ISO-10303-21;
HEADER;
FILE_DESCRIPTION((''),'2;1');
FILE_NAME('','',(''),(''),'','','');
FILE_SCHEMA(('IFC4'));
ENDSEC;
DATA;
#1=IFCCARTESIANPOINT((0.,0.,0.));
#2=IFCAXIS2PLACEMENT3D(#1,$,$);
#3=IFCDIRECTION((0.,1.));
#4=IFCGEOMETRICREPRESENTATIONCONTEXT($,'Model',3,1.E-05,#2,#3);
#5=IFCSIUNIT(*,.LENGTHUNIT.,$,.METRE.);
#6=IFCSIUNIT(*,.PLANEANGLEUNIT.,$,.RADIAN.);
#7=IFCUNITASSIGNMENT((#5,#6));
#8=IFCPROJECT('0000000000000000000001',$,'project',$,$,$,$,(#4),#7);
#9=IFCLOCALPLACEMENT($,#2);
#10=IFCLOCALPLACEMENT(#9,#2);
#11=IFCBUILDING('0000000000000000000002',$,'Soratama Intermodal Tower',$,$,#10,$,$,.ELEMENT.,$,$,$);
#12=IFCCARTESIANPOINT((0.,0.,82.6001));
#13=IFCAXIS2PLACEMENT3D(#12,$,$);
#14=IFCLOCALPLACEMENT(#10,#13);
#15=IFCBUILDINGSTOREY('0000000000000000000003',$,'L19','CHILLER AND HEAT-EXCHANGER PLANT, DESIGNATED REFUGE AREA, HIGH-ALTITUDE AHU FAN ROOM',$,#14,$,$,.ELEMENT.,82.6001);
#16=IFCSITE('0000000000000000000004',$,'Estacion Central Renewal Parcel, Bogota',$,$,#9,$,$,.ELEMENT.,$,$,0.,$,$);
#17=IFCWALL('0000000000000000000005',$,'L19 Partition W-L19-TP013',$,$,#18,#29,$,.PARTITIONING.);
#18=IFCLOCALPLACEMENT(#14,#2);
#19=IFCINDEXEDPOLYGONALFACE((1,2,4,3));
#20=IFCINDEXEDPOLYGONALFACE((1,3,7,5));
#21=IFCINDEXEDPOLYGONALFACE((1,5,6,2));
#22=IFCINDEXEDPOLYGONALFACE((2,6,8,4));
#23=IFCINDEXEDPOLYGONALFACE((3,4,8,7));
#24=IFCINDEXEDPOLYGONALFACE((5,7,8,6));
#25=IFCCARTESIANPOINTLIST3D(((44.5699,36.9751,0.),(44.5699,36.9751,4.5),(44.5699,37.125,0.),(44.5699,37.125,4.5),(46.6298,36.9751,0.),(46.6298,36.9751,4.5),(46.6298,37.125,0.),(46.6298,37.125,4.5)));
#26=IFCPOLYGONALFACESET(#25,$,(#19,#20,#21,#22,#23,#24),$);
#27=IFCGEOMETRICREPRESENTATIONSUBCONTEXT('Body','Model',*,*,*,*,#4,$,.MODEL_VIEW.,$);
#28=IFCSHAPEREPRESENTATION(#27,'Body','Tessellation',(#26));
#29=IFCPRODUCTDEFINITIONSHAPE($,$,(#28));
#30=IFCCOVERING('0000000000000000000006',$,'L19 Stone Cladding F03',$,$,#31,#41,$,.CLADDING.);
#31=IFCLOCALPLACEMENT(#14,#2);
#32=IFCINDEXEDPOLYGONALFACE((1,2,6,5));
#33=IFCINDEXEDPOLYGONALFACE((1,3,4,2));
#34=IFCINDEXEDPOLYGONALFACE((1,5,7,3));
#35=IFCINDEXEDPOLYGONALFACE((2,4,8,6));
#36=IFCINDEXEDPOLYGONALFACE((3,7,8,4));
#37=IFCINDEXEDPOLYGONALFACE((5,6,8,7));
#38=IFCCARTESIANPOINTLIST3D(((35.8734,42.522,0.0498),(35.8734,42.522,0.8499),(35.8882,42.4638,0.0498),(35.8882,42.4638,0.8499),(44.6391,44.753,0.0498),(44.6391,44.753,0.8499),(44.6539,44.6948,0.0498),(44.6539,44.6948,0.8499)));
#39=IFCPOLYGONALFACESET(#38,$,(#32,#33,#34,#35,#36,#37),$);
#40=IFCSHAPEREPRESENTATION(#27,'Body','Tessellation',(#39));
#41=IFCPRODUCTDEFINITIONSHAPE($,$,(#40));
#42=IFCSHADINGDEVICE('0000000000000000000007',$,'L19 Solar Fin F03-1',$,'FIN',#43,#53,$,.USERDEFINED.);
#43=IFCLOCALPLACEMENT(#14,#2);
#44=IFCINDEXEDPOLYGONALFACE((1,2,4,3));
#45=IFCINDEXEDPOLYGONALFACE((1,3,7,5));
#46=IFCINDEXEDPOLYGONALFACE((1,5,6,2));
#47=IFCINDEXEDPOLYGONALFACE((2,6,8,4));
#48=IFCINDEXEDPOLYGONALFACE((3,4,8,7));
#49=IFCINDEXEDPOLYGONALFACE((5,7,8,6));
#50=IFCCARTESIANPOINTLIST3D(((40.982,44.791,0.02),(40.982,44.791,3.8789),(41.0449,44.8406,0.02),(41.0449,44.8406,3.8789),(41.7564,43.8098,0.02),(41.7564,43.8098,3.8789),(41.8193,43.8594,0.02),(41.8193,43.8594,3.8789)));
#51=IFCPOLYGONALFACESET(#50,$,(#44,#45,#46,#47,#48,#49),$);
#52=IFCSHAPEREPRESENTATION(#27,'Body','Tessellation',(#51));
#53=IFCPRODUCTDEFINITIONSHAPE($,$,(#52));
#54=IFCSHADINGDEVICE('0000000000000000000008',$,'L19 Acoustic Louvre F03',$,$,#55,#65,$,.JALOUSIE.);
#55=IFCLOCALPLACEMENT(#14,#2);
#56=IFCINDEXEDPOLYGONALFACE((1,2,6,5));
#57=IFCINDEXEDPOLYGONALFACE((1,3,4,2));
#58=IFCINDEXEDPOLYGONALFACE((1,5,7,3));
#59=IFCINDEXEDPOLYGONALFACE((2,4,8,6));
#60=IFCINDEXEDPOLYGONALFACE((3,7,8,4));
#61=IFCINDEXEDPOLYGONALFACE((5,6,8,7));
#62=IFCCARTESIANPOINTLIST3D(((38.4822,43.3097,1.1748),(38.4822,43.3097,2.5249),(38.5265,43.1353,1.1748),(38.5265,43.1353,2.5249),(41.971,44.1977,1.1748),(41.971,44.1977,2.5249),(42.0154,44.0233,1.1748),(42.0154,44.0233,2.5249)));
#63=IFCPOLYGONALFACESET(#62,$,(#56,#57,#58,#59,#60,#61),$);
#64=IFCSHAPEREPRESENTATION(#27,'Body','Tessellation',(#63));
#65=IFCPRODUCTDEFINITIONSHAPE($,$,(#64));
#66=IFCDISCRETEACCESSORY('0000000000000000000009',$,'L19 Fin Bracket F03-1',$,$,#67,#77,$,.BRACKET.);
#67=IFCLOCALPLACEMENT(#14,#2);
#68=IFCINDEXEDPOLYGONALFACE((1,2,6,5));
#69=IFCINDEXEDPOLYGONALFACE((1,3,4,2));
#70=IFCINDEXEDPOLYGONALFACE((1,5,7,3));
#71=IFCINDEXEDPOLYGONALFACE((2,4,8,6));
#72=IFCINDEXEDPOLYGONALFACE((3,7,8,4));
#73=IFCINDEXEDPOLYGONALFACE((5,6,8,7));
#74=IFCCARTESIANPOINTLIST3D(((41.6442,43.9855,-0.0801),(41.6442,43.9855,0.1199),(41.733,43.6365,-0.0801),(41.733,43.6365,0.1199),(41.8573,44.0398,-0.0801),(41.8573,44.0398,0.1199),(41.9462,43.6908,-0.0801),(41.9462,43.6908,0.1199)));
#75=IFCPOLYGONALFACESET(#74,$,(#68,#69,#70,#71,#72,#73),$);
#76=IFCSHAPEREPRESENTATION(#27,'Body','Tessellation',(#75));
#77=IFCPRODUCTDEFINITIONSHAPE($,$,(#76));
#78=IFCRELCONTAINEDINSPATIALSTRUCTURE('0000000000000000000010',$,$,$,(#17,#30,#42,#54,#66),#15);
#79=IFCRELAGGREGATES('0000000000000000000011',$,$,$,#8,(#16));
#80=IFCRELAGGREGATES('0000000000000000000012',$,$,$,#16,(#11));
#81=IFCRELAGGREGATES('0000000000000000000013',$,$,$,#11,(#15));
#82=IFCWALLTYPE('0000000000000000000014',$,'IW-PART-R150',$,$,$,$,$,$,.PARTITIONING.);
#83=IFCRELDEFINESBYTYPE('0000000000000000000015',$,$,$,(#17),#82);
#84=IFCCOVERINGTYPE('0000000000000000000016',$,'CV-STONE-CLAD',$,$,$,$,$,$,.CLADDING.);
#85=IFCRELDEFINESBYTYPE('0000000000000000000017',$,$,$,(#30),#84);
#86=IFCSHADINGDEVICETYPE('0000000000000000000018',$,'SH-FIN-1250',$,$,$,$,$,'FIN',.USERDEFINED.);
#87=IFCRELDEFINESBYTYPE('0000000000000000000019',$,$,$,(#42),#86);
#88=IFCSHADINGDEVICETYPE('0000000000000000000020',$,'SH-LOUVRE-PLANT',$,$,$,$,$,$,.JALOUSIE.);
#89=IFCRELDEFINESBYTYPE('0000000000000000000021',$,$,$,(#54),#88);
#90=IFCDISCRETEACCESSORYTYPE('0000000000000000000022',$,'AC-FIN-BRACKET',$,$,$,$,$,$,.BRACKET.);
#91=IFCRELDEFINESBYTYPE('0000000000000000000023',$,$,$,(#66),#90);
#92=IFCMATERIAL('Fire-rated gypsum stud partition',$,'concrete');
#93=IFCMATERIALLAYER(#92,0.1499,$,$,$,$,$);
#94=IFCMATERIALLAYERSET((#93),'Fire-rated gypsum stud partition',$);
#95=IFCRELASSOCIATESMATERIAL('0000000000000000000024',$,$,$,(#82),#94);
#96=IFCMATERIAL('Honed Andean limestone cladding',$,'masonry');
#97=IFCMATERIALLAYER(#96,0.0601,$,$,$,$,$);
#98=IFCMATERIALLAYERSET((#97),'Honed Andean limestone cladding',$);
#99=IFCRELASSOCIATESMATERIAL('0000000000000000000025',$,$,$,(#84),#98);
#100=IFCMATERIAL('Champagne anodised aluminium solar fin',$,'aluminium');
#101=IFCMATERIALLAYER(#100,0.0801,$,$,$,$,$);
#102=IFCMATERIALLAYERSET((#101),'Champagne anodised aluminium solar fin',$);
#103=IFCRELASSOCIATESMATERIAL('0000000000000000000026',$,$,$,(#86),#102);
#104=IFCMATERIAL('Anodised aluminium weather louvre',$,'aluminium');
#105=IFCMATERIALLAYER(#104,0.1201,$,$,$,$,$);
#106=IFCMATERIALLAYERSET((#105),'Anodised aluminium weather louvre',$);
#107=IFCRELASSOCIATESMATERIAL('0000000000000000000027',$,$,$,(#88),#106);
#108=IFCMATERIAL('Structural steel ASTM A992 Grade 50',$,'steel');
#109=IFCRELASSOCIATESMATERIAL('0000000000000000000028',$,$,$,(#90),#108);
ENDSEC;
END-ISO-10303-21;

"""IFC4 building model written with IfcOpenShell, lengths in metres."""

from ifc_helpers import new_model, si_unit, direction, frame, frame_2d, origin, origin_2d, place, context, subcontext, project, spatial, rectangle, extrude, material, layer, layer_set, type_object, element, save


model = new_model("IFC4")

# Units and contexts
model_context = context("Model", 3, precision=1e-05, world=origin(), true_north=direction((0.0, 1.0)))
body_context = subcontext(model_context, "Body", "Model", "MODEL_VIEW")
ifc_project = project(units=[si_unit("LENGTHUNIT", "METRE"), si_unit("PLANEANGLEUNIT", "RADIAN")], contexts=[model_context])

# Site, building, storey
site_placement = place(None, origin())
site = spatial("IfcSite", under=ifc_project, at=site_placement, Name="Estacion Central Renewal Parcel, Bogota", CompositionType="ELEMENT", RefElevation=0.0)
building_placement = place(site_placement, origin())
building = spatial("IfcBuilding", under=site, at=building_placement, Name="Soratama Intermodal Tower", CompositionType="ELEMENT")
storey_placement = place(building_placement, frame((0.0, 0.0, 82.6001)))
storey = spatial("IfcBuildingStorey", under=building, at=storey_placement, Name="L19", Description="CHILLER AND HEAT-EXCHANGER PLANT, DESIGNATED REFUGE AREA, HIGH-ALTITUDE AHU FAN ROOM", CompositionType="ELEMENT", Elevation=82.6001)

# Shared definitions
ifc_material_1 = material(Name="Fire-rated gypsum stud partition", Category="concrete")
ifc_layer_1 = layer(ifc_material_1, 0.1499)
ifc_layer_set_1 = layer_set([ifc_layer_1], Name="Fire-rated gypsum stud partition")
wall_type_1 = type_object("IfcWallType", Name="IW-PART-R150", PredefinedType="PARTITIONING", material=ifc_layer_set_1)

# Wall
wall_1_placement = place(storey_placement, frame((44.5701, 37.05, 0.0), z_axis=(0.0, 0.0, 1.0), x_axis=(1.0, 0.0, 0.0)))
element("IfcWall", 1, at=wall_1_placement, inside=storey, type_object=wall_type_1, Name="L19 Partition W-L19-TP013", PredefinedType="PARTITIONING", context=body_context, shape_type="SweptSolid", body=[
    extrude(rectangle(XDim=2.0598, YDim=0.1499, at=frame_2d((1.0298, 0.0))), origin(), (0.0, 0.0, 1.0), 4.5),
])

# Covering
ifc_material_2 = material(Name="Honed Andean limestone cladding", Category="masonry")
ifc_layer_2 = layer(ifc_material_2, 0.0601)
ifc_layer_set_2 = layer_set([ifc_layer_2], Name="Honed Andean limestone cladding")
covering_type = type_object("IfcCoveringType", Name="CV-STONE-CLAD", PredefinedType="CLADDING", material=ifc_layer_set_2)
covering_placement = place(storey_placement, frame((40.2637, 43.6084, 0.0498), z_axis=(0.0, 0.0, 1.0), x_axis=(-0.969102, -0.246661, 0.0)))
element("IfcCovering", 2, at=covering_placement, inside=storey, type_object=covering_type, Name="L19 Stone Cladding F03", PredefinedType="CLADDING", context=body_context, shape_type="SweptSolid", body=[
    extrude(rectangle(XDim=9.0452, YDim=0.0601, at=origin_2d()), origin(), (0.0, 0.0, 1.0), 0.8),
])

# Shading devices
ifc_material_3 = material(Name="Champagne anodised aluminium solar fin", Category="aluminium")
ifc_layer_3 = layer(ifc_material_3, 0.0801)
ifc_layer_set_3 = layer_set([ifc_layer_3], Name="Champagne anodised aluminium solar fin")
shading_device_type_1 = type_object("IfcShadingDeviceType", Name="SH-FIN-1250", ElementType="FIN", PredefinedType="USERDEFINED", material=ifc_layer_set_3)
shading_device_1_placement = place(storey_placement, frame((41.4006, 44.3252, 0.02), z_axis=(0.0, 0.0, 1.0), x_axis=(-0.619505, 0.784993, 0.0)))
element("IfcShadingDevice", 3, at=shading_device_1_placement, inside=storey, type_object=shading_device_type_1, Name="L19 Solar Fin F03-1", ObjectType="FIN", PredefinedType="USERDEFINED", context=body_context, shape_type="SweptSolid", body=[
    extrude(rectangle(XDim=1.25, YDim=0.0801, at=origin_2d()), origin(), (0.0, 0.0, 1.0), 3.8589),
])
ifc_material_4 = material(Name="Anodised aluminium weather louvre", Category="aluminium")
ifc_layer_4 = layer(ifc_material_4, 0.1201)
ifc_layer_set_4 = layer_set([ifc_layer_4], Name="Anodised aluminium weather louvre")
shading_device_type_2 = type_object("IfcShadingDeviceType", Name="SH-LOUVRE-PLANT", PredefinedType="JALOUSIE", material=ifc_layer_set_4)
shading_device_2_placement = place(storey_placement, frame((40.2488, 43.6665, 1.1748), z_axis=(0.0, 0.0, 1.0), x_axis=(-0.969102, -0.246661, 0.0)))
element("IfcShadingDevice", 4, at=shading_device_2_placement, inside=storey, type_object=shading_device_type_2, Name="L19 Acoustic Louvre F03", PredefinedType="JALOUSIE", context=body_context, shape_type="SweptSolid", body=[
    extrude(rectangle(XDim=3.6001, YDim=0.1799, at=origin_2d()), origin(), (0.0, 0.0, 1.0), 1.3501),
])

# Discrete accessory
ifc_material_5 = material(Name="Structural steel ASTM A992 Grade 50", Category="steel")
discrete_accessory_type = type_object("IfcDiscreteAccessoryType", Name="AC-FIN-BRACKET", PredefinedType="BRACKET", material=ifc_material_5)
discrete_accessory_placement = place(storey_placement, frame((41.7952, 43.8381, -0.0801), z_axis=(0.0, 0.0, 1.0), x_axis=(-0.246661, 0.969102, 0.0)))
element("IfcDiscreteAccessory", 5, at=discrete_accessory_placement, inside=storey, type_object=discrete_accessory_type, Name="L19 Fin Bracket F03-1", PredefinedType="BRACKET", context=body_context, shape_type="SweptSolid", body=[
    extrude(rectangle(XDim=0.3601, YDim=0.22, at=origin_2d()), origin(), (0.0, 0.0, 1.0), 0.2),
])

save(model, "model.ifc")
